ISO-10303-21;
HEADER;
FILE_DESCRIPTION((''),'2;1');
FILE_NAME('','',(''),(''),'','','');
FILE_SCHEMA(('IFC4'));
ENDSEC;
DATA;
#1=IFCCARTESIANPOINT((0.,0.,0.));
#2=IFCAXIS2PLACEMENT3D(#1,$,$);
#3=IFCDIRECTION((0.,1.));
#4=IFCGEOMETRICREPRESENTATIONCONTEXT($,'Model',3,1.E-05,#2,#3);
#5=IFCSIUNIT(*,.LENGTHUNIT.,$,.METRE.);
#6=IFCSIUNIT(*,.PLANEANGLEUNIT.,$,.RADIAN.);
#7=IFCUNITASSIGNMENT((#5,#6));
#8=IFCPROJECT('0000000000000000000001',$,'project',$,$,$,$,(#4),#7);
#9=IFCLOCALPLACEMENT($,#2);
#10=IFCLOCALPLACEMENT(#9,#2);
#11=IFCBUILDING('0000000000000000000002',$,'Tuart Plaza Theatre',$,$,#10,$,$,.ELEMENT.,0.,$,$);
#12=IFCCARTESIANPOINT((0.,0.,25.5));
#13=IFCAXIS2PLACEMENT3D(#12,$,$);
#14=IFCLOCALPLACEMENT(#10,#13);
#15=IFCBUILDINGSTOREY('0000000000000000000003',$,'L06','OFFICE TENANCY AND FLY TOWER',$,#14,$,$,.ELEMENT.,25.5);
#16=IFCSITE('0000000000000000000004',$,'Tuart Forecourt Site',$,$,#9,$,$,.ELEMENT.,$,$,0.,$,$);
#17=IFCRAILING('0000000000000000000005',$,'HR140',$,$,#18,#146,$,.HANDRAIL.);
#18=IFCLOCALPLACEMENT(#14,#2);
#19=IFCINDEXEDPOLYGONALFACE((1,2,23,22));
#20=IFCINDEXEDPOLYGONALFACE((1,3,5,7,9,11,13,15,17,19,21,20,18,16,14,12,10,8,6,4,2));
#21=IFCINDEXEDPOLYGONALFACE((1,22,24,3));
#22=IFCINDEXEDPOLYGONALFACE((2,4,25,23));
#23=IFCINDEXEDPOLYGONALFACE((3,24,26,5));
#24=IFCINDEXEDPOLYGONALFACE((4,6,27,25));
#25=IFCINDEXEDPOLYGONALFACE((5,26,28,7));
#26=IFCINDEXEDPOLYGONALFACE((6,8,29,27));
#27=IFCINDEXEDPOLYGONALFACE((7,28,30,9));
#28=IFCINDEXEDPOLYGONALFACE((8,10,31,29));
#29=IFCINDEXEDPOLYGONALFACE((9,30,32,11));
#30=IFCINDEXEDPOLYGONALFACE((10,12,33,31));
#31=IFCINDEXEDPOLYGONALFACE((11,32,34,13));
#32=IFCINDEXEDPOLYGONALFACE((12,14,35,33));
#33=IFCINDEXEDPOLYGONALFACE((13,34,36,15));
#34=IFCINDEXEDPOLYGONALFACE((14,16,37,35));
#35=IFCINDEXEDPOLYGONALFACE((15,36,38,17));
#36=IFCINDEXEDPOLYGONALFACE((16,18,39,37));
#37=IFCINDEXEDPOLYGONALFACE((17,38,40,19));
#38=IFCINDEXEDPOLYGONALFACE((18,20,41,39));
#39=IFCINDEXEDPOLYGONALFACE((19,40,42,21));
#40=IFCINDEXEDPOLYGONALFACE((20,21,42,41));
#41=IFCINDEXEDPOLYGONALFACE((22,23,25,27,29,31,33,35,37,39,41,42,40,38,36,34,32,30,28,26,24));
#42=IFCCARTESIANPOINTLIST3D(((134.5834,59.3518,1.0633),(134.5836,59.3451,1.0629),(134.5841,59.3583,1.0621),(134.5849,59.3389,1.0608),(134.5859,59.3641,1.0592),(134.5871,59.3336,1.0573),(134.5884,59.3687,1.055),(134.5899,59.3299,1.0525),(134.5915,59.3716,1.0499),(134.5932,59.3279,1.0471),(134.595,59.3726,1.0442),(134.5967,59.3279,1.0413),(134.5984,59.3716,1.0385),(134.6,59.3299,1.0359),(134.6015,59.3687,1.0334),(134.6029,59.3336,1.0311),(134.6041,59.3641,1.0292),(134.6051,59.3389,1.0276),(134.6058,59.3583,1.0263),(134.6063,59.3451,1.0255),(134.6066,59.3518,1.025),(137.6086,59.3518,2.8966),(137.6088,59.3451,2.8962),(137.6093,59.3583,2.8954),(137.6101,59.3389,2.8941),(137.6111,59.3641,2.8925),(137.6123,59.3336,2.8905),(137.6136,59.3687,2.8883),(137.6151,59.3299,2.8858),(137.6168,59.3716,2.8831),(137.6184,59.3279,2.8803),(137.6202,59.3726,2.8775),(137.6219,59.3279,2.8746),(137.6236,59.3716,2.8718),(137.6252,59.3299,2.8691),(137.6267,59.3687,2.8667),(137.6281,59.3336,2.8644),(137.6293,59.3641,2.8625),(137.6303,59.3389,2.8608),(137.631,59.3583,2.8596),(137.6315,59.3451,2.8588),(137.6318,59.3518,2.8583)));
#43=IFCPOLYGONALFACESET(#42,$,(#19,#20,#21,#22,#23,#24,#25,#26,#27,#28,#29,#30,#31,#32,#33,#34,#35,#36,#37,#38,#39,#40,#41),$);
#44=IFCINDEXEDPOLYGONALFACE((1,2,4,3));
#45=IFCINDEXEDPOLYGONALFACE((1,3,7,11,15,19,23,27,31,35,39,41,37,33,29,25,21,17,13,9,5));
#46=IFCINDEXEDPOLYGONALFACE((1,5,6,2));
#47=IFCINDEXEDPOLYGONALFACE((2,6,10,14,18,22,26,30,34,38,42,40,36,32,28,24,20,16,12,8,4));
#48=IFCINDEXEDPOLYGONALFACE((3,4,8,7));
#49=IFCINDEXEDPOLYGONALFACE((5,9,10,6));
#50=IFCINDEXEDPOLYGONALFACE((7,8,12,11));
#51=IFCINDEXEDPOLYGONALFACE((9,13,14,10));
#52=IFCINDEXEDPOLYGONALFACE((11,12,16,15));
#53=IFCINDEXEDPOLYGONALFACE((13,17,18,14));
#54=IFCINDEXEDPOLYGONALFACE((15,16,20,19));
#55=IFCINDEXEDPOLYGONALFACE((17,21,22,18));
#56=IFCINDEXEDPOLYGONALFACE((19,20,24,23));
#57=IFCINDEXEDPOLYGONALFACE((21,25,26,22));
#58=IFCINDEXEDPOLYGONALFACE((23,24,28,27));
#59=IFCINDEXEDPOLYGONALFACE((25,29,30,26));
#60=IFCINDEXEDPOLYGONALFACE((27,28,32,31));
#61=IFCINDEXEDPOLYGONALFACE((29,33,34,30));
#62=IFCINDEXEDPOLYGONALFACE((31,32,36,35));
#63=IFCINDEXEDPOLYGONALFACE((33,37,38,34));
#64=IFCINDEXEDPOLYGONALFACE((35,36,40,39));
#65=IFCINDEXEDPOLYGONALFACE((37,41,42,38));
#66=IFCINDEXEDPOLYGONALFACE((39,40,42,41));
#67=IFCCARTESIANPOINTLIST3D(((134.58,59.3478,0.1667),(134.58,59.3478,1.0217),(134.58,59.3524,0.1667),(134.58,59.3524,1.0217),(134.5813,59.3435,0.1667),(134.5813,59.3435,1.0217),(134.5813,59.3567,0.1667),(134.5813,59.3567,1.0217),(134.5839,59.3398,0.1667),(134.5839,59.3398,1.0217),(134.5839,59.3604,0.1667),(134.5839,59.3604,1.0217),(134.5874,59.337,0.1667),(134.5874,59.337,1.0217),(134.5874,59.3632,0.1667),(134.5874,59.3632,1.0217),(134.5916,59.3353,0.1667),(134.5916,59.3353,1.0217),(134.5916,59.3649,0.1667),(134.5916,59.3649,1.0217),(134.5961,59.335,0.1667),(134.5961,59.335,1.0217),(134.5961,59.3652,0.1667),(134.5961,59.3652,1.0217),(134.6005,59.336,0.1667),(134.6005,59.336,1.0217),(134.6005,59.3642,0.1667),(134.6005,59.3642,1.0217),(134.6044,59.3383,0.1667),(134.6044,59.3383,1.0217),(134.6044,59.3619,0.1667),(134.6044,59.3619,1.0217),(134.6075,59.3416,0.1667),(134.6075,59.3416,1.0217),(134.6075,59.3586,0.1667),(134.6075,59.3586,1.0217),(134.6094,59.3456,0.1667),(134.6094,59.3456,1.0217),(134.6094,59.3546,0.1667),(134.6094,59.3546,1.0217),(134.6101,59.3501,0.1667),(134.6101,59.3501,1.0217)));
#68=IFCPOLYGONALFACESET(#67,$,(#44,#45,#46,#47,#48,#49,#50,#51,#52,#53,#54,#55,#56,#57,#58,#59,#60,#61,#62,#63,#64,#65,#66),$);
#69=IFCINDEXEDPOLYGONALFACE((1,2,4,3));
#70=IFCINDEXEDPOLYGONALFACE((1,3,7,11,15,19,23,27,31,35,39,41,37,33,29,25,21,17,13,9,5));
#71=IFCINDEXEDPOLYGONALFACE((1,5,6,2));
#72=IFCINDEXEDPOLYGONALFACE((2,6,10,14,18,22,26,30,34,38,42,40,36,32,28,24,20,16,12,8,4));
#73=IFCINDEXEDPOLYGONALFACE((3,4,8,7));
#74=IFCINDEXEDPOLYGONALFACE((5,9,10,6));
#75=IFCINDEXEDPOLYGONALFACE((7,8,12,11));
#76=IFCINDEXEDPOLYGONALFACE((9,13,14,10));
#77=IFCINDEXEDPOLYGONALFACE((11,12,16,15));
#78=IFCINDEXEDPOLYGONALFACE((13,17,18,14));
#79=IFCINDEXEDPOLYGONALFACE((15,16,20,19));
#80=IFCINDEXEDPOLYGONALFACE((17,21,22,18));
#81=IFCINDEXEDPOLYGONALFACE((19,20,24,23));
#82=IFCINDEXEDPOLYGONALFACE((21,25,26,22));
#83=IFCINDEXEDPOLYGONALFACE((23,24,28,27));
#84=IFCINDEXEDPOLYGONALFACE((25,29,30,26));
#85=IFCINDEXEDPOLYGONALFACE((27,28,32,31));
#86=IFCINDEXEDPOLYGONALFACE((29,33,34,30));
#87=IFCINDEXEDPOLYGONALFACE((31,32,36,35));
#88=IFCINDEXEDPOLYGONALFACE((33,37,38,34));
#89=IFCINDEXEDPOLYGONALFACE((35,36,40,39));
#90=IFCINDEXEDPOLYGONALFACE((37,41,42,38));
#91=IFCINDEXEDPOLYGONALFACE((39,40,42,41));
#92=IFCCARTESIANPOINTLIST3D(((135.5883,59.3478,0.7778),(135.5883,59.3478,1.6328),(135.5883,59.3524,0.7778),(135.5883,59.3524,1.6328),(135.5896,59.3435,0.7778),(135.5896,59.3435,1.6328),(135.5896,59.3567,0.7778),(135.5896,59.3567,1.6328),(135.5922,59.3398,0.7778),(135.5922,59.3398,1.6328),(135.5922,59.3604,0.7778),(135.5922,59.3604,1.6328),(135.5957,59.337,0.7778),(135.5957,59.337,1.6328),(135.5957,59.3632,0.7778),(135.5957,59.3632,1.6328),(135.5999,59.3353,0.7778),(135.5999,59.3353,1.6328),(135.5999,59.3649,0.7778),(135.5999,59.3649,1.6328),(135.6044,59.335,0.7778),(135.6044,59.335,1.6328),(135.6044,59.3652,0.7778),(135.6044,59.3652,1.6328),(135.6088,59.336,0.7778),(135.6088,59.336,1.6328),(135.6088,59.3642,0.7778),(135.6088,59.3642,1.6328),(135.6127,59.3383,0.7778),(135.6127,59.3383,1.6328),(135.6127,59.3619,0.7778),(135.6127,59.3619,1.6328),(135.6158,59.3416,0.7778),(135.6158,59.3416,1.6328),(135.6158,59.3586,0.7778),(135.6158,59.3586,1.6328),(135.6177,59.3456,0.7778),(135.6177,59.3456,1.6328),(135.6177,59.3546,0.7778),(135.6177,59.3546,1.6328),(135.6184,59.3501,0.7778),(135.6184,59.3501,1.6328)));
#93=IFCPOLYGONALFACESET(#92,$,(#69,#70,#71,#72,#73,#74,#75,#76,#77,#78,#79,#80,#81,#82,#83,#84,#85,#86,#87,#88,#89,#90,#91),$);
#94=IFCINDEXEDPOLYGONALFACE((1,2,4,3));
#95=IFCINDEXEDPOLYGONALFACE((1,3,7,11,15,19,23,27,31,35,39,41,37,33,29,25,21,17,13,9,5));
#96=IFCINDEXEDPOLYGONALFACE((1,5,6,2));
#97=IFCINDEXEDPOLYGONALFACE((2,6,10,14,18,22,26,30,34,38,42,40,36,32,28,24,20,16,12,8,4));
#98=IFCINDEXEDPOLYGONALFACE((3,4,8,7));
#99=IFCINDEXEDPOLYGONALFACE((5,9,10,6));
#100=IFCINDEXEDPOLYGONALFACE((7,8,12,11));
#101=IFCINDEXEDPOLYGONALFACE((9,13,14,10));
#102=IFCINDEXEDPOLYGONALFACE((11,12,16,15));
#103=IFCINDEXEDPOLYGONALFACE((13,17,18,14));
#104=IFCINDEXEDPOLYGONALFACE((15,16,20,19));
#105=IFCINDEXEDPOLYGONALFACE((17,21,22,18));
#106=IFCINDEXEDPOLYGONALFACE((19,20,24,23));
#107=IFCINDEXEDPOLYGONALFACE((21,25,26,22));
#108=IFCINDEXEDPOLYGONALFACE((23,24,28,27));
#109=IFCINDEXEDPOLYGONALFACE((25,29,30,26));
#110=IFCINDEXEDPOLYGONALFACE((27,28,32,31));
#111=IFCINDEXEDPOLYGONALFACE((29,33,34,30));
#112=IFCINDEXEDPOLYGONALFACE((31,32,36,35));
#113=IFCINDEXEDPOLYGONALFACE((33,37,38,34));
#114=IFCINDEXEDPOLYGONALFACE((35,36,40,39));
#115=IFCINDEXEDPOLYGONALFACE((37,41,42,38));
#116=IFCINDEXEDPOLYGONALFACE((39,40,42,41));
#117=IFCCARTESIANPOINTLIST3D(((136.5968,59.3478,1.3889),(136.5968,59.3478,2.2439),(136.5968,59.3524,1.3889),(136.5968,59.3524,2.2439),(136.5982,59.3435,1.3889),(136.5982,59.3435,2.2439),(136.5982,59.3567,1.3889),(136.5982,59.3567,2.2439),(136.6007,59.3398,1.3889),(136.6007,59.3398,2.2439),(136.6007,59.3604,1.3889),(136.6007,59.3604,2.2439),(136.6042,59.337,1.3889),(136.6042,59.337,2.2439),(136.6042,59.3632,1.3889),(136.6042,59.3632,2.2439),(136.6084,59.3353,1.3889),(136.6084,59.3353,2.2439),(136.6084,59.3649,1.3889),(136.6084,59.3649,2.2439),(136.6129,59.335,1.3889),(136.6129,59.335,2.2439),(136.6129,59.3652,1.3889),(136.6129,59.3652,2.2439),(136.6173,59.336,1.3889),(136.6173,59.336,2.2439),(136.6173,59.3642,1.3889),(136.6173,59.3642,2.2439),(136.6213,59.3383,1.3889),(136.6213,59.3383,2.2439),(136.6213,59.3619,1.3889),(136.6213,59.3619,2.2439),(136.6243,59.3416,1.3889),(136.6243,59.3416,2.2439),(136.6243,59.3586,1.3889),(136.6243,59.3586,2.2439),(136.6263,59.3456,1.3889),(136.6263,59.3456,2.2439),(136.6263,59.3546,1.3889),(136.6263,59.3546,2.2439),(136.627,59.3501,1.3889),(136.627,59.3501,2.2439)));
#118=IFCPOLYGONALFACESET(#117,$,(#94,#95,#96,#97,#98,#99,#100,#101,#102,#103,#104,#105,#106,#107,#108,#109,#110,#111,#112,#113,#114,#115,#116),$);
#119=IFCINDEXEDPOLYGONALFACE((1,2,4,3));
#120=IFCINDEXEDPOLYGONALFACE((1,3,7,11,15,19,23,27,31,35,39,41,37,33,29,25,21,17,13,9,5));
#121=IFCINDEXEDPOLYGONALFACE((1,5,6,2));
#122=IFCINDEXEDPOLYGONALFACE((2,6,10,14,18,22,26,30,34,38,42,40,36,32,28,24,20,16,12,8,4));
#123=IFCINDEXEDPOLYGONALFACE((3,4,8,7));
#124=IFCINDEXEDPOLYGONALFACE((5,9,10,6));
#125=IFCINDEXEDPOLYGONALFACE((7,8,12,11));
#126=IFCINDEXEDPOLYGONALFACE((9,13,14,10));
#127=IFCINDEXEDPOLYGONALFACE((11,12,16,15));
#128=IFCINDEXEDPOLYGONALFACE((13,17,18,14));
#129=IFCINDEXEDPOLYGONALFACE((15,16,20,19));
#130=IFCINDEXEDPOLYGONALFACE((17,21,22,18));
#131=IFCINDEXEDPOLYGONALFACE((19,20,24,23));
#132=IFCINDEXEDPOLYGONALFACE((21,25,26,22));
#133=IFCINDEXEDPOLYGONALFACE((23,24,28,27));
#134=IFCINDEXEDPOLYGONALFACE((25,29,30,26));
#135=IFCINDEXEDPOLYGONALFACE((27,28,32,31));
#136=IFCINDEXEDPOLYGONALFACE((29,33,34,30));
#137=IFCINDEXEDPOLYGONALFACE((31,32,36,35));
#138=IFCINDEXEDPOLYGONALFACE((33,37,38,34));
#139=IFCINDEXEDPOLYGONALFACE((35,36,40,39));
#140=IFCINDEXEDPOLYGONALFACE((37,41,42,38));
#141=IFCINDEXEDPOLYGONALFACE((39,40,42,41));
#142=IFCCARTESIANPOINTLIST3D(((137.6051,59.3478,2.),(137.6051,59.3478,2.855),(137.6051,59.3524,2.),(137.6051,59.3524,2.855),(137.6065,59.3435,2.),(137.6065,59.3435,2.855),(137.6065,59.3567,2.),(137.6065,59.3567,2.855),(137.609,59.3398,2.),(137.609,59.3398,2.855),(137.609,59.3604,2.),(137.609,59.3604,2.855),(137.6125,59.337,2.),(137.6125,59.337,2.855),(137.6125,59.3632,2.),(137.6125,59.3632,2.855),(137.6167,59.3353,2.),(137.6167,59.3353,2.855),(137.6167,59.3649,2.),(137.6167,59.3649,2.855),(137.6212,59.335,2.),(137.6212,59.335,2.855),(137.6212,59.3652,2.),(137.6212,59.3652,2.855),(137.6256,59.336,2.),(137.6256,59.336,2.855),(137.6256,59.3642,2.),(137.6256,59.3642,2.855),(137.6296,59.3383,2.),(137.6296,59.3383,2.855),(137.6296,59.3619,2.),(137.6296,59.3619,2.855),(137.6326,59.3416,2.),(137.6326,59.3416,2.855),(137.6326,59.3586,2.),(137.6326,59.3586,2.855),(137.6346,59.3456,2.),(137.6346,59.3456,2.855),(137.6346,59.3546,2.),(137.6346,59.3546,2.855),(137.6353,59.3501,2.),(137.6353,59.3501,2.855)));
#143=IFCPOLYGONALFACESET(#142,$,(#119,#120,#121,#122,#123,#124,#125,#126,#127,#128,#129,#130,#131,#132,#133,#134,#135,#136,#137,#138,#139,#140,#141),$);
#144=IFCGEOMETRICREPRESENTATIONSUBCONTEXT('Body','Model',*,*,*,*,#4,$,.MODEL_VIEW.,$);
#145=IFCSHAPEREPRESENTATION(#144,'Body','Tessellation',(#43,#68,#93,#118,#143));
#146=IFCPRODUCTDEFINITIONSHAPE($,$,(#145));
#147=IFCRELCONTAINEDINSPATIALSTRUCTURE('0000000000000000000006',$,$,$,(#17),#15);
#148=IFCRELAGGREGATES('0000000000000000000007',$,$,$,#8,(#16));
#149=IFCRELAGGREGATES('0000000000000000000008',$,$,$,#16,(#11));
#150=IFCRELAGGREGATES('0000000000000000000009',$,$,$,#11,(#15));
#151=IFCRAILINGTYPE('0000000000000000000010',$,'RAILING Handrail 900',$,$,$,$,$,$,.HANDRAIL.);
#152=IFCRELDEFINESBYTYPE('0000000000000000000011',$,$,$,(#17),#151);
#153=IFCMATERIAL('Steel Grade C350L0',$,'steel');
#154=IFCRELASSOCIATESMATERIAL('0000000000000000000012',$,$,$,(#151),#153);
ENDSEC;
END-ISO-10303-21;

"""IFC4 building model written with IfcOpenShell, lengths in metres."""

from ifc_helpers import new_model, si_unit, direction, frame, origin, origin_2d, place, context, subcontext, project, spatial, circle, extrude, material, type_object, element, save


model = new_model("IFC4")

# Units and contexts
model_context = context("Model", 3, precision=1e-05, world=origin(), true_north=direction((0.0, 1.0)))
body_context = subcontext(model_context, "Body", "Model", "MODEL_VIEW")
ifc_project = project(units=[si_unit("LENGTHUNIT", "METRE"), si_unit("PLANEANGLEUNIT", "RADIAN")], contexts=[model_context])

# Site, building, storey
site_placement = place(None, origin())
site = spatial("IfcSite", under=ifc_project, at=site_placement, Name="Tuart Forecourt Site", CompositionType="ELEMENT", RefElevation=0.0)
building_placement = place(site_placement, origin())
building = spatial("IfcBuilding", under=site, at=building_placement, Name="Tuart Plaza Theatre", CompositionType="ELEMENT", ElevationOfRefHeight=0.0)
storey_placement = place(building_placement, frame((0.0, 0.0, 25.5)))
storey = spatial("IfcBuildingStorey", under=building, at=storey_placement, Name="L06", Description="OFFICE TENANCY AND FLY TOWER", CompositionType="ELEMENT", Elevation=25.5)

# Railing
ifc_material_1 = material(Name="Steel Grade C350L0", Category="steel")
railing_type_1 = type_object("IfcRailingType", Name="RAILING Handrail 900", PredefinedType="HANDRAIL", material=ifc_material_1)
for number, where, name in (
    (1, (134.595, 59.3501, 0.1667), "HR140"),
):
    element("IfcRailing", number, at=place(storey_placement, frame(where)), inside=storey, type_object=railing_type_1, Name=name, PredefinedType="HANDRAIL", context=body_context, shape_type="SweptSolid", body=[
        extrude(circle(Radius=0.0225, at=origin_2d()), frame((0.0, 0.0, 0.8774), z_axis=(0.855219, 0.0, 0.518267), x_axis=(0.0, 1.0, 0.0)), (0.0, 0.0, 1.0), 3.5374),
        extrude(circle(Radius=0.0151, at=origin_2d()), origin(), (0.0, 0.0, 1.0), 0.855),
        extrude(circle(Radius=0.0151, at=origin_2d()), frame((1.0083, 0.0, 0.6111)), (0.0, 0.0, 1.0), 0.855),
        extrude(circle(Radius=0.0151, at=origin_2d()), frame((2.0168, 0.0, 1.2222)), (0.0, 0.0, 1.0), 0.855),
        extrude(circle(Radius=0.0151, at=origin_2d()), frame((3.0251, 0.0, 1.8333)), (0.0, 0.0, 1.0), 0.855),
    ])

save(model, "model.ifc")
